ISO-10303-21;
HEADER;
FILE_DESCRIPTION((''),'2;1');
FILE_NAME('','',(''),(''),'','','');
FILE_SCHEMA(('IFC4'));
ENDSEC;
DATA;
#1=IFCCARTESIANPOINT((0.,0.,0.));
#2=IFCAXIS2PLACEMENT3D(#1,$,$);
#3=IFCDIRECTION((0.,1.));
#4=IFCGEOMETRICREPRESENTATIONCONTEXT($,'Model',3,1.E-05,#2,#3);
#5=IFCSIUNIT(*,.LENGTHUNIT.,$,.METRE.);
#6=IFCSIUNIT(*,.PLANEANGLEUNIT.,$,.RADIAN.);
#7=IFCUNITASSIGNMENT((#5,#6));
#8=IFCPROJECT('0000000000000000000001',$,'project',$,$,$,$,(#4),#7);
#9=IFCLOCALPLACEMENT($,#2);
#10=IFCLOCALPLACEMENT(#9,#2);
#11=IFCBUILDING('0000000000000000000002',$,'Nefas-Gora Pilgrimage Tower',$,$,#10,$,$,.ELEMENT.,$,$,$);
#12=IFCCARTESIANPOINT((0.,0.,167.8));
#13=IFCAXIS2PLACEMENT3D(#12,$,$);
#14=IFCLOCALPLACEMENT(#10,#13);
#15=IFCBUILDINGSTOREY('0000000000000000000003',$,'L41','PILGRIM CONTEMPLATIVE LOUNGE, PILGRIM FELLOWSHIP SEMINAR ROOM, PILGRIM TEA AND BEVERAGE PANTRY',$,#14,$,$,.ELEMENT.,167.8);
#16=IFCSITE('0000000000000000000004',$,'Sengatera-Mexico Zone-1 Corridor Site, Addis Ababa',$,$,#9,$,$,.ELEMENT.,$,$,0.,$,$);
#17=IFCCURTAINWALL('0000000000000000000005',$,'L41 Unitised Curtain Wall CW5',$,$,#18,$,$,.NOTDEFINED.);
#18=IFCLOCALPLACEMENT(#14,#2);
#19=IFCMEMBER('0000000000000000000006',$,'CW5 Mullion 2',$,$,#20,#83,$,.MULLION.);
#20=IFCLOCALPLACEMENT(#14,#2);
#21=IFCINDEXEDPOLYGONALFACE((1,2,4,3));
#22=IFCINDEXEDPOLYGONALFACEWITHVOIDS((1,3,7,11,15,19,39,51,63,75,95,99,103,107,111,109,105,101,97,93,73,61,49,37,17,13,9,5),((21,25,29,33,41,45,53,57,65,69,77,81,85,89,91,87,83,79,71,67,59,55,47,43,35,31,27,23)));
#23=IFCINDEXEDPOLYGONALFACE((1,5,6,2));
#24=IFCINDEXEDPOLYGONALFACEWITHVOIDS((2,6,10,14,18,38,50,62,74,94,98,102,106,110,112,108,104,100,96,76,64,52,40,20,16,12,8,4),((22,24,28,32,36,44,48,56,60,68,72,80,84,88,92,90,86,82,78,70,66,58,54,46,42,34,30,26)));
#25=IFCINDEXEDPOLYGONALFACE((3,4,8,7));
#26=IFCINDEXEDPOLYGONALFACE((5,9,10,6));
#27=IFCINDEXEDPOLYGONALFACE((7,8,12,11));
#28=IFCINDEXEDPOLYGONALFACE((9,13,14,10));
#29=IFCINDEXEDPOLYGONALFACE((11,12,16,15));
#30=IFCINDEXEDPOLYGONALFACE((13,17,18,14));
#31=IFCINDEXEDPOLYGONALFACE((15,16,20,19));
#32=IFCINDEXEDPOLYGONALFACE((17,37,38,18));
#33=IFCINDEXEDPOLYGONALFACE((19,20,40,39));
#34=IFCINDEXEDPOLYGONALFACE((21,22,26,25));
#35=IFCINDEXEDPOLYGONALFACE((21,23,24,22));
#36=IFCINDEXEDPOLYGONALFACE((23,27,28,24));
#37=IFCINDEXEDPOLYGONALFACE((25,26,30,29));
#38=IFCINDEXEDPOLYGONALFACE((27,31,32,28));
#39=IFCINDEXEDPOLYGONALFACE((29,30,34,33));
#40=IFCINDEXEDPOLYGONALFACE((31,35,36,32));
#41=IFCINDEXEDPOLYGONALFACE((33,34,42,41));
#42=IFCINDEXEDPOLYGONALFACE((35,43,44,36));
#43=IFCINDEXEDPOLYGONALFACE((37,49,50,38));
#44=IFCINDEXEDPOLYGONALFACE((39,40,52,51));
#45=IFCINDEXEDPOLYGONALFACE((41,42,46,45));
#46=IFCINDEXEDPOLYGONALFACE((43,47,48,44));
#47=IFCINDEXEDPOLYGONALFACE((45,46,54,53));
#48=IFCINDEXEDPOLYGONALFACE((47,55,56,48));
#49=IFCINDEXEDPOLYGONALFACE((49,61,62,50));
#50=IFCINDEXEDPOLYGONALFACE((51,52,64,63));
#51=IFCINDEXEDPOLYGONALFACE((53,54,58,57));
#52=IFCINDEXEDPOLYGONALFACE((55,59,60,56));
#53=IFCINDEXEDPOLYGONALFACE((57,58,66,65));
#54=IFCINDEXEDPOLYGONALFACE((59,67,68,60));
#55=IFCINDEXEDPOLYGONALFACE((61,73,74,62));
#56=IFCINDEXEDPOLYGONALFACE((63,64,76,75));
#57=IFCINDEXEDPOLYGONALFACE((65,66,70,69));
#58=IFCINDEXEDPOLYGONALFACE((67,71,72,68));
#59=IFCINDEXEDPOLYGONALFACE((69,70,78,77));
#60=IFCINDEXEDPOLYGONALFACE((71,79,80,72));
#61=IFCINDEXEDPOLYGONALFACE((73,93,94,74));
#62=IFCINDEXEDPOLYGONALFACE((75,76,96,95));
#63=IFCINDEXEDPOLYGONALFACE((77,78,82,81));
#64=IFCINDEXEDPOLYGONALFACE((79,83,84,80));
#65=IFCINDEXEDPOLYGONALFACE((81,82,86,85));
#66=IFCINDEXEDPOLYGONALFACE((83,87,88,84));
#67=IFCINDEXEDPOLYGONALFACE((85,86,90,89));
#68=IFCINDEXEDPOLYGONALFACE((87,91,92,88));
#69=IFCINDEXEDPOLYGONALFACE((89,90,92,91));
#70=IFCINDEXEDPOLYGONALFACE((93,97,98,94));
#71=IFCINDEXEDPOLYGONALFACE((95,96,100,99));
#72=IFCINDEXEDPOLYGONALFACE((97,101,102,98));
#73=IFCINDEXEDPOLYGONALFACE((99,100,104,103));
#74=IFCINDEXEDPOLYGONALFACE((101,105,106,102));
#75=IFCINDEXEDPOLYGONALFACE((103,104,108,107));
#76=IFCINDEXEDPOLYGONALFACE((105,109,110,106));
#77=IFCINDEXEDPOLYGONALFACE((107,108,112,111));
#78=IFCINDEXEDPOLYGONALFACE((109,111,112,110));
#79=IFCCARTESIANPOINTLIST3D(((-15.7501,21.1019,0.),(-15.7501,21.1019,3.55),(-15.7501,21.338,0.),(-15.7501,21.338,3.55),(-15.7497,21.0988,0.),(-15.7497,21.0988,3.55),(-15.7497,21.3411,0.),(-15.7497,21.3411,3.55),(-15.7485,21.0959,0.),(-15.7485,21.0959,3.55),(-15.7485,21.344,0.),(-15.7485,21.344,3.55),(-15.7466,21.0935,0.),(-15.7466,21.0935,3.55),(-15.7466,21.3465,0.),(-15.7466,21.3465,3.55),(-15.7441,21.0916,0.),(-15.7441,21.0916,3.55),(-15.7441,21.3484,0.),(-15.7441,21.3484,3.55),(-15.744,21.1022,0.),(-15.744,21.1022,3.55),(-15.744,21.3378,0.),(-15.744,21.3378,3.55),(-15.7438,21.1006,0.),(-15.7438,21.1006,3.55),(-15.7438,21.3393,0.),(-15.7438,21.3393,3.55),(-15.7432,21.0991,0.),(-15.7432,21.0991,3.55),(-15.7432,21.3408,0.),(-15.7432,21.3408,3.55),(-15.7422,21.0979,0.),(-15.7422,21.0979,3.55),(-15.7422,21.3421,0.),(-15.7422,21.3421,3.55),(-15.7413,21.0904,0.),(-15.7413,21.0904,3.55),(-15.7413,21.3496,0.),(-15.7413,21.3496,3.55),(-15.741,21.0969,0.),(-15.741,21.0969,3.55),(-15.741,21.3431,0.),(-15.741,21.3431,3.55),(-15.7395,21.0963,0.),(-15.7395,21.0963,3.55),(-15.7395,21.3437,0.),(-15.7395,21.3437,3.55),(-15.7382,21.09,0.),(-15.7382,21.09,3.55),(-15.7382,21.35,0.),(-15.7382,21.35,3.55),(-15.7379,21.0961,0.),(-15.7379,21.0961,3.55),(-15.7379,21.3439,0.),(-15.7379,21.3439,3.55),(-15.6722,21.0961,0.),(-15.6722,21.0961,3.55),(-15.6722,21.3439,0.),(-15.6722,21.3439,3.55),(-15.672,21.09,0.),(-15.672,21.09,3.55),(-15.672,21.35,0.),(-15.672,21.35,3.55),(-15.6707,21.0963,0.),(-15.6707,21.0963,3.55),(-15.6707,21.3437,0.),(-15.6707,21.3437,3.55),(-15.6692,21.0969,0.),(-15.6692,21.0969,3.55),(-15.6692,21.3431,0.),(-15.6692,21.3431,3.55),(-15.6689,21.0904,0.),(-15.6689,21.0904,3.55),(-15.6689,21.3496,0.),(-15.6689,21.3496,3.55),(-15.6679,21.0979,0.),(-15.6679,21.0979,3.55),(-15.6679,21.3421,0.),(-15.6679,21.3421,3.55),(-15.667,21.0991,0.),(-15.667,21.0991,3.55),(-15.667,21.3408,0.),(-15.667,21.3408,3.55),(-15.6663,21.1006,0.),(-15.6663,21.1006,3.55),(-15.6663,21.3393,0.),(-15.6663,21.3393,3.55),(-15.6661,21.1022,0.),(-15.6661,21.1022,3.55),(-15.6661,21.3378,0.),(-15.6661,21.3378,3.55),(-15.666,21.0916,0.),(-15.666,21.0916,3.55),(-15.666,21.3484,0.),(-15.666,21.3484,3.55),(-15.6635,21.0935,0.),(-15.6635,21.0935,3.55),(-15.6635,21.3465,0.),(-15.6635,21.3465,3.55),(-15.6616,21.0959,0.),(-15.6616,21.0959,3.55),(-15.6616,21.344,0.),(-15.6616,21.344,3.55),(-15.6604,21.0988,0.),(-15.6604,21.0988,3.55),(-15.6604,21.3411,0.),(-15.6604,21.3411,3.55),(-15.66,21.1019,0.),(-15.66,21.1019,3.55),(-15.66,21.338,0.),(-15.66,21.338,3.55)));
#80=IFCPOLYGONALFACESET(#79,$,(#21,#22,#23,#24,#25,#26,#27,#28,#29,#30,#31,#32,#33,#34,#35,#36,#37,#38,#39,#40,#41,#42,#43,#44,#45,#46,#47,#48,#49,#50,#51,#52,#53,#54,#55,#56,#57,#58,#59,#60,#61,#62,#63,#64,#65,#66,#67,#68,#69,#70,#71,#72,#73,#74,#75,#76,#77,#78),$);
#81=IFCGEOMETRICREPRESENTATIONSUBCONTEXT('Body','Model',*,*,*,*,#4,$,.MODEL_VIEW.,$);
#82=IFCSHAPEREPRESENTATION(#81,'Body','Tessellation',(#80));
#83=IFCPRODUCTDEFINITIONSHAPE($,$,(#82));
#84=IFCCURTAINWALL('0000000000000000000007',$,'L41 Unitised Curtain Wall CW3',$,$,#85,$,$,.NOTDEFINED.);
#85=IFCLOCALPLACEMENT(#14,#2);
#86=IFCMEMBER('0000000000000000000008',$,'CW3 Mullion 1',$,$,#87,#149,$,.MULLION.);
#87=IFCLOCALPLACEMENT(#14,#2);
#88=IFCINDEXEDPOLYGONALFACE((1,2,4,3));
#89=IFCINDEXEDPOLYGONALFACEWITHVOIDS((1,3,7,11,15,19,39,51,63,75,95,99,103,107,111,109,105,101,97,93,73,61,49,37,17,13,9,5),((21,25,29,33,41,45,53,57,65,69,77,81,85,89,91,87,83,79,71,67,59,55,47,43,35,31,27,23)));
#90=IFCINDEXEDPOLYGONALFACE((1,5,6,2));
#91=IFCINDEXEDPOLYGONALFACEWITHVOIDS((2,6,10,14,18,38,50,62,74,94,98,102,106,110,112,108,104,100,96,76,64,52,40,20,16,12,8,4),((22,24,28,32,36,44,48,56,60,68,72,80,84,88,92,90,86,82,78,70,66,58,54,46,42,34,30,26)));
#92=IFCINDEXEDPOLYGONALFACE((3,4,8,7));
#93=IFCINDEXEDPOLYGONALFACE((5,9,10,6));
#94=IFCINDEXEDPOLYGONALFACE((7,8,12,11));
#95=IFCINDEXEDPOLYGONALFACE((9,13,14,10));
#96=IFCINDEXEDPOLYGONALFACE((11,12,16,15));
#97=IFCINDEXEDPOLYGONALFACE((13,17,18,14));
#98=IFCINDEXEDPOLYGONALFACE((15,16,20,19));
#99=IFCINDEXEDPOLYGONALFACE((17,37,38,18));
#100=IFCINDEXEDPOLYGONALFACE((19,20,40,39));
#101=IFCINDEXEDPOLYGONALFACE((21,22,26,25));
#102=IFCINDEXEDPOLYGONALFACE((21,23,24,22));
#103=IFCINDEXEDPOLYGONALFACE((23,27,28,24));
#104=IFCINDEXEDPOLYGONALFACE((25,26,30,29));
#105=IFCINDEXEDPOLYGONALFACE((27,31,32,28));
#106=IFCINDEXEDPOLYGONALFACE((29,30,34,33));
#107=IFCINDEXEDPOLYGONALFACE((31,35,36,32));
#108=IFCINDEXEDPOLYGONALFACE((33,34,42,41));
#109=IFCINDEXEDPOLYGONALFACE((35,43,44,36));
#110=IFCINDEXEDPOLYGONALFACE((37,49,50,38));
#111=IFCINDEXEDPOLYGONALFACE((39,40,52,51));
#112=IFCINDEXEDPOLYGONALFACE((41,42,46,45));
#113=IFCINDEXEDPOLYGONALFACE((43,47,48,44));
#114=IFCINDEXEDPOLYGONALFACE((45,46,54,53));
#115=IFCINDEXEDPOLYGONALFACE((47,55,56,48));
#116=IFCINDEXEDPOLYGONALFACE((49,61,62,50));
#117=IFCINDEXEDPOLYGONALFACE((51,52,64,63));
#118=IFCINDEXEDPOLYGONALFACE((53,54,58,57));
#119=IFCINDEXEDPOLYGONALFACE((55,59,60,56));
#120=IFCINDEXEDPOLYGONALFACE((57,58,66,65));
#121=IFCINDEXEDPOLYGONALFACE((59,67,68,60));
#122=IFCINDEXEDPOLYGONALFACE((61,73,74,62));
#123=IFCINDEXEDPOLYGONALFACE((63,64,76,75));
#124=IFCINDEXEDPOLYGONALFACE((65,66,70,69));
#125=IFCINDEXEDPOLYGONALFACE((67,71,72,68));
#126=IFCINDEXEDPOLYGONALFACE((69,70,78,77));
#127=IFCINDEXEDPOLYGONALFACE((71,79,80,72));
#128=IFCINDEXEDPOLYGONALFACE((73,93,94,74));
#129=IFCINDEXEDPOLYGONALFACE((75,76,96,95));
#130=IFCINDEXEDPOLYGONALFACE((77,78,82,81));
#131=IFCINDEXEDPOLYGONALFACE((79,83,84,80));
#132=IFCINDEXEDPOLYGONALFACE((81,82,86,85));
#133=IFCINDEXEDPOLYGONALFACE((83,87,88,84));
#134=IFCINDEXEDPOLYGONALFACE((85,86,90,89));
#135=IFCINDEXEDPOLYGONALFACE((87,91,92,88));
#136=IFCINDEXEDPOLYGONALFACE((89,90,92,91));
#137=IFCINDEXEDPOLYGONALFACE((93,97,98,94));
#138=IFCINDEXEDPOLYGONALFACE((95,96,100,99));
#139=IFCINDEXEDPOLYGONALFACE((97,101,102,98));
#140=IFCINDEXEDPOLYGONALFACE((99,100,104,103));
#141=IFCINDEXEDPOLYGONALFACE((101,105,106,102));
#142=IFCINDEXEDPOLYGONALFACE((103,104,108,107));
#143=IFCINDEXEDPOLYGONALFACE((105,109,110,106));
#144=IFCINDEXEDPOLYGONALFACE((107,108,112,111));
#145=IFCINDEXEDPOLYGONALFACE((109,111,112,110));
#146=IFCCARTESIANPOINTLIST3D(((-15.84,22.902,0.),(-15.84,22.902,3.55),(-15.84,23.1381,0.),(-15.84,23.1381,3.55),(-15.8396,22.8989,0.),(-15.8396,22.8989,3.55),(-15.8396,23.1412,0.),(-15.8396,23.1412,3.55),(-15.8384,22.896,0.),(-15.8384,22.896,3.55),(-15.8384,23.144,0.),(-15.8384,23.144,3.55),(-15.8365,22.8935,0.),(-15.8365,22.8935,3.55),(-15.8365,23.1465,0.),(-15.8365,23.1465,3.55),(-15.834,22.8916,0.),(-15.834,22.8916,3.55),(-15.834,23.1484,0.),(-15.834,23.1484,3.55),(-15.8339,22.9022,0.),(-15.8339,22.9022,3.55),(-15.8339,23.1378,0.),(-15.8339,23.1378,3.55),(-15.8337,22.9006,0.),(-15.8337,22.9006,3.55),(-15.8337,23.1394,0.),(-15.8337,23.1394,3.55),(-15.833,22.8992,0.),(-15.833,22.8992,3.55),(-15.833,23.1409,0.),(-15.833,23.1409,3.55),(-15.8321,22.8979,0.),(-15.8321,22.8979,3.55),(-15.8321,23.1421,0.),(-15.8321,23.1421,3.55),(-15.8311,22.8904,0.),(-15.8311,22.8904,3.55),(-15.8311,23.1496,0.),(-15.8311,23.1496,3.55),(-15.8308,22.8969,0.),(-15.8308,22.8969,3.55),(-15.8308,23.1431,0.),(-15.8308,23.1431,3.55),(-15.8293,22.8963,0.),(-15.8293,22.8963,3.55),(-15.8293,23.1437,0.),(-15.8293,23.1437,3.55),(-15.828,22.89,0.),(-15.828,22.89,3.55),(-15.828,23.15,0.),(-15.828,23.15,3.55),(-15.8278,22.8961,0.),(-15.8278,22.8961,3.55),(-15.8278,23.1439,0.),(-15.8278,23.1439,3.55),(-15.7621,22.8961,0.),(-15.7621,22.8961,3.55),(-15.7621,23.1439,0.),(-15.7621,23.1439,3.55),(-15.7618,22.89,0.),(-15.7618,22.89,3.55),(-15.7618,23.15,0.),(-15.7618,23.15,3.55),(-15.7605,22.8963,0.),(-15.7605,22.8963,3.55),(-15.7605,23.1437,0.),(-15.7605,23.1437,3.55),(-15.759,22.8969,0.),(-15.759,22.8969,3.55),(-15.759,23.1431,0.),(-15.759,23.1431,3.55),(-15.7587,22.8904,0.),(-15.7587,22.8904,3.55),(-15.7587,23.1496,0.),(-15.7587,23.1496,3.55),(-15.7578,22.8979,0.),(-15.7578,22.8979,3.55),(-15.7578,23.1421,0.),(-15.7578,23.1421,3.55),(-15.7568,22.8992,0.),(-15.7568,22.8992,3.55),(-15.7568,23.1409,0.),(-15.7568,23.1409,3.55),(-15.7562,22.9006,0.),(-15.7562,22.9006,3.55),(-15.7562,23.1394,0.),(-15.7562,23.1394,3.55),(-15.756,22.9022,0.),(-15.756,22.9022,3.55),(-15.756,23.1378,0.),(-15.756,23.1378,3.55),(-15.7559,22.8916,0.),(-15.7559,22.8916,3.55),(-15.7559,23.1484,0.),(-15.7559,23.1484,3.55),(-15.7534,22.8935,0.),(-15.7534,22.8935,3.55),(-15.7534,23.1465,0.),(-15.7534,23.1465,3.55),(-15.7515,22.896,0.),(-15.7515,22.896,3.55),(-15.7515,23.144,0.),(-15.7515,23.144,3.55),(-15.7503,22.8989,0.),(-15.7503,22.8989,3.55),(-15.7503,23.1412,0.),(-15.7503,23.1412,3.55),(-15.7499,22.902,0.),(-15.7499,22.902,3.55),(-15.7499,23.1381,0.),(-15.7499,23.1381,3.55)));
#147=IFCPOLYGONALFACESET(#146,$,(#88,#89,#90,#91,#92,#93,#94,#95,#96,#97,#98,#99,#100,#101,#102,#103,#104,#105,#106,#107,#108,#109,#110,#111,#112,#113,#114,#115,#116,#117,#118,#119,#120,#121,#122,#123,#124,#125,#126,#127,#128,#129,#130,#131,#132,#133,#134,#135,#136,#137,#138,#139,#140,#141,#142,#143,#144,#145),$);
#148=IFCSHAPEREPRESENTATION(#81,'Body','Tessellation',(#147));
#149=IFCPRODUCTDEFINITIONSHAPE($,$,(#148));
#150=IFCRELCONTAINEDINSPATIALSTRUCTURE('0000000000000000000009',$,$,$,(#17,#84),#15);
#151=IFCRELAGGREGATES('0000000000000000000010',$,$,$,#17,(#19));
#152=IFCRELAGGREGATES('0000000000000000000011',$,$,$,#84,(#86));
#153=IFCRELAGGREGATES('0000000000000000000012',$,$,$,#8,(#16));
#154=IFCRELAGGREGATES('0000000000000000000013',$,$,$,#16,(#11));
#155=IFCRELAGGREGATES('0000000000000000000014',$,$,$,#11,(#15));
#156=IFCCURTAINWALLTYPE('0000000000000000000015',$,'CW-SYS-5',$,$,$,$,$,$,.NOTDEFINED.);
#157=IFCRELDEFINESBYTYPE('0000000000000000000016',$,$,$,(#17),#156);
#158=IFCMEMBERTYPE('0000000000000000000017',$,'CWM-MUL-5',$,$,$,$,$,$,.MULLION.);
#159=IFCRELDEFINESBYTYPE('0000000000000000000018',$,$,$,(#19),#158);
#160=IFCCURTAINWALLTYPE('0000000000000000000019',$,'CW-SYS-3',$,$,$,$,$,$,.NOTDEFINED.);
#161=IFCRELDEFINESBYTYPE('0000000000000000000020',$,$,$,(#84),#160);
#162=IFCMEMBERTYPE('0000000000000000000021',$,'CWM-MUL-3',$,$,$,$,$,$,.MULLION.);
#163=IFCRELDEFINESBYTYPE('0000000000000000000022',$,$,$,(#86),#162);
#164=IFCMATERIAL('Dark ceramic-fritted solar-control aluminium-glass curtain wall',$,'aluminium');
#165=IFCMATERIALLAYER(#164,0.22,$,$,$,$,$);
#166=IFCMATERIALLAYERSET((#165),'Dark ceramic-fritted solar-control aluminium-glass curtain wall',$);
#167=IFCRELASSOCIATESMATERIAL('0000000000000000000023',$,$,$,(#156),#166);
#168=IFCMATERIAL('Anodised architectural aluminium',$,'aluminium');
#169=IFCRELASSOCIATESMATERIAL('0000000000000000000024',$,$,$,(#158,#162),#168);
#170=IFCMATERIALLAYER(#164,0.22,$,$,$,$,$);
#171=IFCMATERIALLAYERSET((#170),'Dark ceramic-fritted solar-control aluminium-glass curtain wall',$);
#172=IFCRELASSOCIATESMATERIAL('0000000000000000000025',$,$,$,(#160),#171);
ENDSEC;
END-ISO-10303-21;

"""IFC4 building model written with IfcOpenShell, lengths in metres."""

from ifc_helpers import new_model, si_unit, direction, frame, origin, origin_2d, place, context, subcontext, project, spatial, hollow_rectangle, extrude, source, transform, mapped, material, layer, layer_set, material_profile, profile_set, type_object, element, aggregate, save


model = new_model("IFC4")

# Units and contexts
model_context = context("Model", 3, precision=1e-05, world=origin(), true_north=direction((0.0, 1.0)))
body_context = subcontext(model_context, "Body", "Model", "MODEL_VIEW")
ifc_project = project(units=[si_unit("LENGTHUNIT", "METRE"), si_unit("PLANEANGLEUNIT", "RADIAN")], contexts=[model_context])

# Site, building, storey
site_placement = place(None, origin())
site = spatial("IfcSite", under=ifc_project, at=site_placement, Name="Sengatera-Mexico Zone-1 Corridor Site, Addis Ababa", CompositionType="ELEMENT", RefElevation=0.0)
building_placement = place(site_placement, origin())
building = spatial("IfcBuilding", under=site, at=building_placement, Name="Nefas-Gora Pilgrimage Tower", CompositionType="ELEMENT")
storey_placement = place(building_placement, frame((0.0, 0.0, 167.8)))
storey = spatial("IfcBuildingStorey", under=building, at=storey_placement, Name="L41", Description="PILGRIM CONTEMPLATIVE LOUNGE, PILGRIM FELLOWSHIP SEMINAR ROOM, PILGRIM TEA AND BEVERAGE PANTRY", CompositionType="ELEMENT", Elevation=167.8)

# Curtain wall, member
ifc_material_1 = material(Name="Dark ceramic-fritted solar-control aluminium-glass curtain wall", Category="aluminium")
ifc_layer_1 = layer(ifc_material_1, 0.22)
ifc_layer_set_1 = layer_set([ifc_layer_1], Name="Dark ceramic-fritted solar-control aluminium-glass curtain wall")
curtain_wall_type_1 = type_object("IfcCurtainWallType", Name="CW-SYS-5", PredefinedType="NOTDEFINED", material=ifc_layer_set_1)
curtain_wall_1_placement = place(storey_placement, origin())
curtain_wall_1 = element("IfcCurtainWall", 1, at=curtain_wall_1_placement, inside=storey, type_object=curtain_wall_type_1, Name="L41 Unitised Curtain Wall CW5", PredefinedType="NOTDEFINED")
ifc_material_2 = material(Name="Anodised architectural aluminium", Category="aluminium")
ifc_material_profile_1 = material_profile(ifc_material_2, hollow_rectangle(XDim=0.0901, YDim=0.26, WallThickness=0.0061, InnerFilletRadius=0.0061, OuterFilletRadius=0.012, at=origin_2d()), Name="ALU MULLION 90x260")
ifc_profile_set_1 = profile_set([ifc_material_profile_1], Name="Anodised architectural aluminium")
member_type_1 = type_object("IfcMemberType", Name="CWM-MUL-5", PredefinedType="MULLION", material=ifc_profile_set_1)
shared_shape_1 = source(origin(), body_context, "Body", "SweptSolid", [
    extrude(hollow_rectangle(XDim=0.0901, YDim=0.26, WallThickness=0.0061, InnerFilletRadius=0.0061, OuterFilletRadius=0.012, at=origin_2d()), origin(), (0.0, 0.0, 1.0), 3.55),
])
member_1_placement = place(storey_placement, frame((-15.7051, 21.22, 0.0), z_axis=(0.0, 0.0, 1.0), x_axis=(-1.0, 0.0, 0.0)))
member_1 = element("IfcMember", 2, at=member_1_placement, type_object=member_type_1, Name="CW5 Mullion 2", PredefinedType="MULLION", context=body_context, shape_type="MappedRepresentation", body=[
    mapped(shared_shape_1, transform((0.0, 0.0, 0.0), x_axis=(1.0, 0.0, 0.0), y_axis=(0.0, 1.0, 0.0), z_axis=(0.0, 0.0, 1.0), scale=1.0)),
])

# Curtain wall, member
ifc_layer_2 = layer(ifc_material_1, 0.22)
ifc_layer_set_2 = layer_set([ifc_layer_2], Name="Dark ceramic-fritted solar-control aluminium-glass curtain wall")
curtain_wall_type_2 = type_object("IfcCurtainWallType", Name="CW-SYS-3", PredefinedType="NOTDEFINED", material=ifc_layer_set_2)
curtain_wall_2_placement = place(storey_placement, origin())
curtain_wall_2 = element("IfcCurtainWall", 3, at=curtain_wall_2_placement, inside=storey, type_object=curtain_wall_type_2, Name="L41 Unitised Curtain Wall CW3", PredefinedType="NOTDEFINED")
ifc_material_profile_2 = material_profile(ifc_material_2, hollow_rectangle(XDim=0.0901, YDim=0.26, WallThickness=0.0061, InnerFilletRadius=0.0061, OuterFilletRadius=0.012, at=origin_2d()), Name="ALU MULLION 90x260")
ifc_profile_set_2 = profile_set([ifc_material_profile_2], Name="Anodised architectural aluminium")
member_type_2 = type_object("IfcMemberType", Name="CWM-MUL-3", PredefinedType="MULLION", material=ifc_profile_set_2)
shared_shape_2 = source(origin(), body_context, "Body", "SweptSolid", [
    extrude(hollow_rectangle(XDim=0.0901, YDim=0.26, WallThickness=0.0061, InnerFilletRadius=0.0061, OuterFilletRadius=0.012, at=origin_2d()), origin(), (0.0, 0.0, 1.0), 3.55),
])
member_2_placement = place(storey_placement, frame((-15.7949, 23.02, 0.0), z_axis=(0.0, 0.0, 1.0), x_axis=(-1.0, 0.0, 0.0)))
member_2 = element("IfcMember", 4, at=member_2_placement, type_object=member_type_2, Name="CW3 Mullion 1", PredefinedType="MULLION", context=body_context, shape_type="MappedRepresentation", body=[
    mapped(shared_shape_2, transform((0.0, 0.0, 0.0), x_axis=(1.0, 0.0, 0.0), y_axis=(0.0, 1.0, 0.0), z_axis=(0.0, 0.0, 1.0), scale=1.0)),
])

aggregate(curtain_wall_1, [member_1])
aggregate(curtain_wall_2, [member_2])

save(model, "model.ifc")
